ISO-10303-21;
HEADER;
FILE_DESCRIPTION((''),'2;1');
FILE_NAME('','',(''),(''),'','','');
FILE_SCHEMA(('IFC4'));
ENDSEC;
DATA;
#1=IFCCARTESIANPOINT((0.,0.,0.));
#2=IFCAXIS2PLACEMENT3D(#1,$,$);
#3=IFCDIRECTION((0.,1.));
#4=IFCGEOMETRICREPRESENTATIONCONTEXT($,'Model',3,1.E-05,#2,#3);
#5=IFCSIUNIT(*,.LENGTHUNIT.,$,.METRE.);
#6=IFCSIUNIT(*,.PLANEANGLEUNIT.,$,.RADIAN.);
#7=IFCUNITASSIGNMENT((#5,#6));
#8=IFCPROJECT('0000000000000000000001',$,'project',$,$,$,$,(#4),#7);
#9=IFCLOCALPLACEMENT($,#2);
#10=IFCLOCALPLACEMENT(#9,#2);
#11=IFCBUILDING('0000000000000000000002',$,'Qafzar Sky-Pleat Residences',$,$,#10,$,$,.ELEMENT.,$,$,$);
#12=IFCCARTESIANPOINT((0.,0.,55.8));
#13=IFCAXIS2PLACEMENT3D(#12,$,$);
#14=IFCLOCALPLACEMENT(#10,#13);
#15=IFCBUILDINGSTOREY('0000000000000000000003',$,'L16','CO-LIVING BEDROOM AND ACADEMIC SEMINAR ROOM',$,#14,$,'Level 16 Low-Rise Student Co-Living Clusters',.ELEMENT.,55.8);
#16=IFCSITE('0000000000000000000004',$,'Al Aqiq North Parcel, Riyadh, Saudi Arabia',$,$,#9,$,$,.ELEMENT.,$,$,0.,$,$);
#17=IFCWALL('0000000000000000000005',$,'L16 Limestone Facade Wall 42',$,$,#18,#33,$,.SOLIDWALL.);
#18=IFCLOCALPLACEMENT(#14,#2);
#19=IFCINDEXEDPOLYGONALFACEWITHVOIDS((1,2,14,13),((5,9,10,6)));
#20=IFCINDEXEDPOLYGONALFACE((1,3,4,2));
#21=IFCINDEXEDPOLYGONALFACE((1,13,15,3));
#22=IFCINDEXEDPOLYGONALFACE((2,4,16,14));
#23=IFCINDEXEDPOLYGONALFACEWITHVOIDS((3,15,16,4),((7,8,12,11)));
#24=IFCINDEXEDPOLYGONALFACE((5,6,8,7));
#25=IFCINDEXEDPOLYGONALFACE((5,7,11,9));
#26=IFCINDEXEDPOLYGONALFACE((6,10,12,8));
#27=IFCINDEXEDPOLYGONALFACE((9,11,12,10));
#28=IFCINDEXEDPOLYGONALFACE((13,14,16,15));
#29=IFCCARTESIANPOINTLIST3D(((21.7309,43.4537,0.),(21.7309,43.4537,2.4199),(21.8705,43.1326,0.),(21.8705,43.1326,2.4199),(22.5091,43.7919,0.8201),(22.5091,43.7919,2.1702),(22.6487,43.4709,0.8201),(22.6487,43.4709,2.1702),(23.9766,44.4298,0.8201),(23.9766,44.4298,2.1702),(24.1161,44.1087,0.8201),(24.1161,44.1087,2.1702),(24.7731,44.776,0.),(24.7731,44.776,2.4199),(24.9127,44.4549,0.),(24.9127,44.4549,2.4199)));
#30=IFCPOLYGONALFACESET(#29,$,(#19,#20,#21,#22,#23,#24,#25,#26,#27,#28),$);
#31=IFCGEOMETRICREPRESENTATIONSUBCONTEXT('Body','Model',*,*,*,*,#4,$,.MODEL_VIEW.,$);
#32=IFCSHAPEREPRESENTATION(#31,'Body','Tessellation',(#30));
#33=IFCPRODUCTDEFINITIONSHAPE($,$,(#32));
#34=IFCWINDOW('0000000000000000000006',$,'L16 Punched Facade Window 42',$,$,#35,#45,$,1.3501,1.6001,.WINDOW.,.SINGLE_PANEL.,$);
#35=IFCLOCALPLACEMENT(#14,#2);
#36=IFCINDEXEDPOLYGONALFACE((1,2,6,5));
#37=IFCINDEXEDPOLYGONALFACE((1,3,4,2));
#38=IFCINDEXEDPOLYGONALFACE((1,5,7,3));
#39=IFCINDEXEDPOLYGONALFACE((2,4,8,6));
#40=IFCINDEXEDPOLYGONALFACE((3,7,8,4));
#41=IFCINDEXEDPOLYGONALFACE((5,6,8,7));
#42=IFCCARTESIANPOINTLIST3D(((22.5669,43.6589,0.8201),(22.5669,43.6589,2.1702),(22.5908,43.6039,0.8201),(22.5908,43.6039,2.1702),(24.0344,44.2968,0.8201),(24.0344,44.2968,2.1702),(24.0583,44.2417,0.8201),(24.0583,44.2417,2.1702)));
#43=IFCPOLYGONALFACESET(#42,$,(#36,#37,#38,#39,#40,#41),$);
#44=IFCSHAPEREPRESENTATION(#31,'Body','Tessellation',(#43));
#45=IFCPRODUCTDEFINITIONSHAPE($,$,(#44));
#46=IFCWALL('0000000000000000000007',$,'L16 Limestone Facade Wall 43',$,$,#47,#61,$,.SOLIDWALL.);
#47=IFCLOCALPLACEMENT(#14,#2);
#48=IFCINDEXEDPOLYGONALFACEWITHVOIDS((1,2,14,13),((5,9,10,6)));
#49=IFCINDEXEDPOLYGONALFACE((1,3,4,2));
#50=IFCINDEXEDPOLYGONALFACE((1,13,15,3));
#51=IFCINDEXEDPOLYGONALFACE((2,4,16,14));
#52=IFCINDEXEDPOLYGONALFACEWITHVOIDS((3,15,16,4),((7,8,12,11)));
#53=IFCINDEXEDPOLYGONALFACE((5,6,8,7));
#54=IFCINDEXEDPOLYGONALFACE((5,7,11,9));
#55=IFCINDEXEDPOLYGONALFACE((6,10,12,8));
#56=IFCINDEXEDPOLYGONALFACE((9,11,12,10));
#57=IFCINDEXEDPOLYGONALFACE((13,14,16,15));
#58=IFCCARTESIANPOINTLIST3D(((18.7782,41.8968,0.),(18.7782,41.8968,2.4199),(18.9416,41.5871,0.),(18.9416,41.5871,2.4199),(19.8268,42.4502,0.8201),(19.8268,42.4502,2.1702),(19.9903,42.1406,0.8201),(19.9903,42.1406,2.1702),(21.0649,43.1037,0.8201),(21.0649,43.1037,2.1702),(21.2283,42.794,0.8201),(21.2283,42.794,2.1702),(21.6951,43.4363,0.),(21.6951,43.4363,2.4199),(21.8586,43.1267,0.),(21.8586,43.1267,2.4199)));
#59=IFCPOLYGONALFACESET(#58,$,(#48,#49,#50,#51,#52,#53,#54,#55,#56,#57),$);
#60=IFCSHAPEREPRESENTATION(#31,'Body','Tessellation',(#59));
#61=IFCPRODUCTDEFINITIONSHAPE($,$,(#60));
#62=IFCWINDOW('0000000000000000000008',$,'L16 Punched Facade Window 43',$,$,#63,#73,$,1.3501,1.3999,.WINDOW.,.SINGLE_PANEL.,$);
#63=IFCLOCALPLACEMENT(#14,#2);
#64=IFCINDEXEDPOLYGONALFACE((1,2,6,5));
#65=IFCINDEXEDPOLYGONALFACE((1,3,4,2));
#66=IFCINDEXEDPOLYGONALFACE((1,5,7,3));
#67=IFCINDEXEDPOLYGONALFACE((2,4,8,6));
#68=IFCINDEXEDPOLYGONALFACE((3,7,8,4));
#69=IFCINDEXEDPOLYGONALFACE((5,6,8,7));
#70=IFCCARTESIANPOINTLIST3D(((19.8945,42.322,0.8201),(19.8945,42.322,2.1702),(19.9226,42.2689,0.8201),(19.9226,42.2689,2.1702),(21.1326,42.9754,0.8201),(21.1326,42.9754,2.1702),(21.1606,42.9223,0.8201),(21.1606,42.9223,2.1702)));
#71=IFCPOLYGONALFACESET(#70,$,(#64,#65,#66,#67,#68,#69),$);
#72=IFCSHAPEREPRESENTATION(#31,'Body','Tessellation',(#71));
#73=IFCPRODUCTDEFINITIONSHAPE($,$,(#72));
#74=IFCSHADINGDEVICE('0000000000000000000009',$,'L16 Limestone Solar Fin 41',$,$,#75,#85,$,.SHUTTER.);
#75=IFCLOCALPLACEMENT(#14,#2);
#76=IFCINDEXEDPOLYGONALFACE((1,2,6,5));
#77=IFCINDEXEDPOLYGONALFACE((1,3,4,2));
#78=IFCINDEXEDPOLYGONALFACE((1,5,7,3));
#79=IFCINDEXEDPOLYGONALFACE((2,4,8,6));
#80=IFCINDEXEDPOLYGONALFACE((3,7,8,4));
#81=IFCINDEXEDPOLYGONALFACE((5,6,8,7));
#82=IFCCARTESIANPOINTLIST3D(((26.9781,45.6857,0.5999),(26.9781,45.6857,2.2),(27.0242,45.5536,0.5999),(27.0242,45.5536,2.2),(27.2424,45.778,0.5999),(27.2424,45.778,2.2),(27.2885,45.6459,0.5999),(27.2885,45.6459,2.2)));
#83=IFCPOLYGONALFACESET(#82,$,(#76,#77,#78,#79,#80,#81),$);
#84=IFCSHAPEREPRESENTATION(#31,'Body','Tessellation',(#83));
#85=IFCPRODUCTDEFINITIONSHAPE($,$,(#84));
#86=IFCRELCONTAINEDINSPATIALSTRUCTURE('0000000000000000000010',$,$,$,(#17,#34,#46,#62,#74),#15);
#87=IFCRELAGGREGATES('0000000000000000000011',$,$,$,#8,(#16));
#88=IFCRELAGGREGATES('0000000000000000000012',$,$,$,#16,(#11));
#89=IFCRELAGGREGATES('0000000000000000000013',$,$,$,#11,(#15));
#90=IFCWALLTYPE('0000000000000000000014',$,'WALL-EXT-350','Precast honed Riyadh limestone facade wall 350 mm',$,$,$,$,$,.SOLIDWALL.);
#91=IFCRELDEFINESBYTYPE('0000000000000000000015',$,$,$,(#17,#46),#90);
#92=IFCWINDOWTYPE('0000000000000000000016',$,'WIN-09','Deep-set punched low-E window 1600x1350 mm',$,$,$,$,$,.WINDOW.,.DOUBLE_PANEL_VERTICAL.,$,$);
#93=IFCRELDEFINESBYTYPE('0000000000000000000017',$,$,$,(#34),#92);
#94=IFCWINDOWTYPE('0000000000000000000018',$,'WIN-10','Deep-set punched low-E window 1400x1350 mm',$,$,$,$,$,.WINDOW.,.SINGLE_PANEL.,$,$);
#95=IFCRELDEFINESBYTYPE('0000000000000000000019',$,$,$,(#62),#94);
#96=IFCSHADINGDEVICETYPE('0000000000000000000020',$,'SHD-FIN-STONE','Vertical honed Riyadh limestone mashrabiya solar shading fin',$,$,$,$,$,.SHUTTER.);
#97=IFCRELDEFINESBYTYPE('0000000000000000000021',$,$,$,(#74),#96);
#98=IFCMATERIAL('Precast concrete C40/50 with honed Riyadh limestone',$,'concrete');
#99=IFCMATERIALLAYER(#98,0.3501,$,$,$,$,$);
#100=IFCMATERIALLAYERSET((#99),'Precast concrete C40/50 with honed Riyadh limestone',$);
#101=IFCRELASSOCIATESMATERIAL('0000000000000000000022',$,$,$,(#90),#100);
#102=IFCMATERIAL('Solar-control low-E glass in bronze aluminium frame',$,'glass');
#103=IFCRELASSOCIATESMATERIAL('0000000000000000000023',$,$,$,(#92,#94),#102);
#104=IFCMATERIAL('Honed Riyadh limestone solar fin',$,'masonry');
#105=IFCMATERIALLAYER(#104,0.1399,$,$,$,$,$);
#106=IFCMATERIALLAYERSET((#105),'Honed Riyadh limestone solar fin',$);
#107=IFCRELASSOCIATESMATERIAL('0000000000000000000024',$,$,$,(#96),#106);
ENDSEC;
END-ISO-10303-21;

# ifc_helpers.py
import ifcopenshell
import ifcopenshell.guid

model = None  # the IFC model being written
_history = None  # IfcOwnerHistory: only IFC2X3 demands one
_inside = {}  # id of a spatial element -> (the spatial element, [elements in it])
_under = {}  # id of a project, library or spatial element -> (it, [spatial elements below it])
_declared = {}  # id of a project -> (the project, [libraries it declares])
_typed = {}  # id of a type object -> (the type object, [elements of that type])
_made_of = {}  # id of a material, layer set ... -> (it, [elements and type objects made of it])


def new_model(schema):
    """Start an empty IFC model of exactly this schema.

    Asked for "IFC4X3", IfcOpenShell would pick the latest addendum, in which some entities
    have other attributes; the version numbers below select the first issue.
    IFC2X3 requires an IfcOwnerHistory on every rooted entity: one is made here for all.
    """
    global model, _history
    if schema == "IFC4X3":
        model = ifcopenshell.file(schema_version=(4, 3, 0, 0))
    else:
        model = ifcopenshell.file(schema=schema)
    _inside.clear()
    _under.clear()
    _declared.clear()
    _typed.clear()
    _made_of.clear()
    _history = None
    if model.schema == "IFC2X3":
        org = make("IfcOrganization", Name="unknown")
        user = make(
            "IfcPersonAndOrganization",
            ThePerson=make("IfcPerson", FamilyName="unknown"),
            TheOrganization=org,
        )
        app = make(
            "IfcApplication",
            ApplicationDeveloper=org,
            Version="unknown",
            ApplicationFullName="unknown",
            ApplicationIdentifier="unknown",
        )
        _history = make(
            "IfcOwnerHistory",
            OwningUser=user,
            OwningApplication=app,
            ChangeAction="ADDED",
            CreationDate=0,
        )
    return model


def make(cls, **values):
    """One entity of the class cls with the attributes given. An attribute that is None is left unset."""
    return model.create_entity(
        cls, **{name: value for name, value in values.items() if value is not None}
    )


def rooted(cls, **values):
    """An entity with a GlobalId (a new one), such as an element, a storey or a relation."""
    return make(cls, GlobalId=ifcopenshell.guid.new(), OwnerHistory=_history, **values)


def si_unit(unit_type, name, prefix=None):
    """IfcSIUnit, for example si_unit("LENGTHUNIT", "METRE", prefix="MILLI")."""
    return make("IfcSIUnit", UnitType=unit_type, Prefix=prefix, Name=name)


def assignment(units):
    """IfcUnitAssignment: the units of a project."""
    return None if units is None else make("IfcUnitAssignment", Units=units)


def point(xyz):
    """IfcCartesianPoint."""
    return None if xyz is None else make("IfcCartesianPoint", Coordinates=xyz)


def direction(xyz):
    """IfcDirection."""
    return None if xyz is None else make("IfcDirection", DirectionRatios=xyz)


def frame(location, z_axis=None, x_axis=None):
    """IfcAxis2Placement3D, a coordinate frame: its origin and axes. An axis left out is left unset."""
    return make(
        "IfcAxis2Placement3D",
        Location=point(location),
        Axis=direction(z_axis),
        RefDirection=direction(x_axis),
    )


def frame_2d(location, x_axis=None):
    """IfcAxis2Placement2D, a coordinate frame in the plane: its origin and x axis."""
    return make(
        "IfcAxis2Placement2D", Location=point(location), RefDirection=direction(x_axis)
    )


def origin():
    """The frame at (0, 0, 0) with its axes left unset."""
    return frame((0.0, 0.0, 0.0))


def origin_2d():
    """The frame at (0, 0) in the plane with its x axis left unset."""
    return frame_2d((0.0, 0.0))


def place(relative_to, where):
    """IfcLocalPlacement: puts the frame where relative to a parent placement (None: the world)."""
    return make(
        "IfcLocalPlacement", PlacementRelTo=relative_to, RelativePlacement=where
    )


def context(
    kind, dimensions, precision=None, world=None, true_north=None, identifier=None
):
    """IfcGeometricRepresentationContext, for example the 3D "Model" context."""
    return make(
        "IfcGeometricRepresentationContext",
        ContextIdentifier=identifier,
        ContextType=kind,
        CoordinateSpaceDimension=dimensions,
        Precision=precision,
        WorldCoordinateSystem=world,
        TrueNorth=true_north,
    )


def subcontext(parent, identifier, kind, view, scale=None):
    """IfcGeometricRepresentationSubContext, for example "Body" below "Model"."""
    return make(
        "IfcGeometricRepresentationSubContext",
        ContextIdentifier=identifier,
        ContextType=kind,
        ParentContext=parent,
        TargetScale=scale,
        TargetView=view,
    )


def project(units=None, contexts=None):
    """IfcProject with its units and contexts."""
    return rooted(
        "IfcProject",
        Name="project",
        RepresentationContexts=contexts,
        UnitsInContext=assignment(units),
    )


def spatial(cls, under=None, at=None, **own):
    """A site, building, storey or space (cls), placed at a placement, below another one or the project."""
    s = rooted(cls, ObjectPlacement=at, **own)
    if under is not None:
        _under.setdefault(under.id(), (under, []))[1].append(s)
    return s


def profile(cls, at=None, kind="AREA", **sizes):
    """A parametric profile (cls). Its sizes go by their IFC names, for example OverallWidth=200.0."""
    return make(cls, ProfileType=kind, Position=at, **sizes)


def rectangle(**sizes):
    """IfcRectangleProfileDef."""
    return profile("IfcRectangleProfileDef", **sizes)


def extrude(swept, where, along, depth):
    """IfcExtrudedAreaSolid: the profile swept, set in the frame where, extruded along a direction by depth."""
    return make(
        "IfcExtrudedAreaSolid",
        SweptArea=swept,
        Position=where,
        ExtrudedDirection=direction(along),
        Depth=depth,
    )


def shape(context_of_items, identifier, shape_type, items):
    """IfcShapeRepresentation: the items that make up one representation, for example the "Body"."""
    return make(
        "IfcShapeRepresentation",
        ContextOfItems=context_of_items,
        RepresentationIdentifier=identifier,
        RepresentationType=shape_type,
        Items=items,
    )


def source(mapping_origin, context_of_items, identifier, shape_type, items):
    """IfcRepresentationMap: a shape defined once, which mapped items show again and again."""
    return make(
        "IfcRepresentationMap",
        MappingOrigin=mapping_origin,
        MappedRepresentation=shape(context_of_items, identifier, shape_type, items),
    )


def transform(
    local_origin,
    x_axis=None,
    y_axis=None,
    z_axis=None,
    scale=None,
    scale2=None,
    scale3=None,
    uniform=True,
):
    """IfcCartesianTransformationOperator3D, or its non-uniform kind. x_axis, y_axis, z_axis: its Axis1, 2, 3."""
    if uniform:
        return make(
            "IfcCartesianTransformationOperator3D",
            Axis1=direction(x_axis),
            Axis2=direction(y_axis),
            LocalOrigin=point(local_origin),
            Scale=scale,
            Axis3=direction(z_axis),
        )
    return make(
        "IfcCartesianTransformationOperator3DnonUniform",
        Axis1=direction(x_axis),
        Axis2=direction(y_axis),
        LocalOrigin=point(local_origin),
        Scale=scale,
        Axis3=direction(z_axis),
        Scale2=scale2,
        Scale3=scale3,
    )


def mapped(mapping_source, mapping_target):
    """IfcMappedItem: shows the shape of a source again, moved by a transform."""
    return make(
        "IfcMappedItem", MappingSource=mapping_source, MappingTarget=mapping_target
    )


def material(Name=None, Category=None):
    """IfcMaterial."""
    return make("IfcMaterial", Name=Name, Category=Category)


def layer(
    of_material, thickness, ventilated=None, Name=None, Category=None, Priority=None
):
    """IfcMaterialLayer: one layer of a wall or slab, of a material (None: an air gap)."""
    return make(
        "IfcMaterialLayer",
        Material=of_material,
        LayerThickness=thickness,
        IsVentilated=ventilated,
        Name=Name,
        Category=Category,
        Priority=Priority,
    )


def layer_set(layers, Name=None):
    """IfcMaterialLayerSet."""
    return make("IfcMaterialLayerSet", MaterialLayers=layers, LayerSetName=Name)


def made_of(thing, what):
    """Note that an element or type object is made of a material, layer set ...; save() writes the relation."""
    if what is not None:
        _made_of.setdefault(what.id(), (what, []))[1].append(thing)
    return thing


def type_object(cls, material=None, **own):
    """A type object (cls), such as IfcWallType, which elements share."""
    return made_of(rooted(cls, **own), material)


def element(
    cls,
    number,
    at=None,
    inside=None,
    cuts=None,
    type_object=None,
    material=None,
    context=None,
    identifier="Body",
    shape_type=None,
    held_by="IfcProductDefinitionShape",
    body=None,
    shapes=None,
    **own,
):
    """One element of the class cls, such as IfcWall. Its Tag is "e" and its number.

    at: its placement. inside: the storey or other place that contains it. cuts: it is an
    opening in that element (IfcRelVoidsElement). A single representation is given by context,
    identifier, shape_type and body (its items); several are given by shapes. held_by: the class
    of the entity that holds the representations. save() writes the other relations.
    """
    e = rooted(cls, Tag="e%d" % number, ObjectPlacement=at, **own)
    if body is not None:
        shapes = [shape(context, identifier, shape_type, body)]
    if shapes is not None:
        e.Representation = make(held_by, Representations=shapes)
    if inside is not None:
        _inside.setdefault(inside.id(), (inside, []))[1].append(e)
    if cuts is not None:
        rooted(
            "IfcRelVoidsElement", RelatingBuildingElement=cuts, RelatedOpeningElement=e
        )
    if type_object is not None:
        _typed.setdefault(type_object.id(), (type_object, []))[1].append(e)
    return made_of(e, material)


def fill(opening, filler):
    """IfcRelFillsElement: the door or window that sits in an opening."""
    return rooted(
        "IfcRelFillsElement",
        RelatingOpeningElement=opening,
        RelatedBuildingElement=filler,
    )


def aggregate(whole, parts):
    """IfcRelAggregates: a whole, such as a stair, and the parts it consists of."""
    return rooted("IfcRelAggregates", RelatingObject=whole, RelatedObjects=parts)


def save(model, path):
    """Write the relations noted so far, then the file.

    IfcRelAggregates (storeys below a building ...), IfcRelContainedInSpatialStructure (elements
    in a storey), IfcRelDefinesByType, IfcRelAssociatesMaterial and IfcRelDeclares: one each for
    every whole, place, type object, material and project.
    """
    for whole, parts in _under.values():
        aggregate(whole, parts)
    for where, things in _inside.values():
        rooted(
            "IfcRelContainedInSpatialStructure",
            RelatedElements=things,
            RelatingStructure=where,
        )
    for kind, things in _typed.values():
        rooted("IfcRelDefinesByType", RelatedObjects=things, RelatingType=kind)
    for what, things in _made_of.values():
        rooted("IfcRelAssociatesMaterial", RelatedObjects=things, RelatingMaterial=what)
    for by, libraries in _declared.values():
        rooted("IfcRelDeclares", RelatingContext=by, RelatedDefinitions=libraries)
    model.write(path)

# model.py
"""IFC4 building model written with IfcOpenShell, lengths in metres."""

from ifc_helpers import new_model, si_unit, direction, frame, frame_2d, origin, origin_2d, place, context, subcontext, project, spatial, rectangle, extrude, source, transform, mapped, material, layer, layer_set, type_object, element, fill, save


model = new_model("IFC4")

# Units and contexts
model_context = context("Model", 3, precision=1e-05, world=origin(), true_north=direction((0.0, 1.0)))
body_context = subcontext(model_context, "Body", "Model", "MODEL_VIEW")
ifc_project = project(units=[si_unit("LENGTHUNIT", "METRE"), si_unit("PLANEANGLEUNIT", "RADIAN")], contexts=[model_context])

# Site, building, storey
site_placement = place(None, origin())
site = spatial("IfcSite", under=ifc_project, at=site_placement, Name="Al Aqiq North Parcel, Riyadh, Saudi Arabia", CompositionType="ELEMENT", RefElevation=0.0)
building_placement = place(site_placement, origin())
building = spatial("IfcBuilding", under=site, at=building_placement, Name="Qafzar Sky-Pleat Residences", CompositionType="ELEMENT")
storey_placement = place(building_placement, frame((0.0, 0.0, 55.8)))
storey = spatial("IfcBuildingStorey", under=building, at=storey_placement, Name="L16", Description="CO-LIVING BEDROOM AND ACADEMIC SEMINAR ROOM", LongName="Level 16 Low-Rise Student Co-Living Clusters", CompositionType="ELEMENT", Elevation=55.8)

# Walls, openings, windows
ifc_material_1 = material(Name="Precast concrete C40/50 with honed Riyadh limestone", Category="concrete")
ifc_layer_1 = layer(ifc_material_1, 0.3501)
ifc_layer_set_1 = layer_set([ifc_layer_1], Name="Precast concrete C40/50 with honed Riyadh limestone")
wall_type_1 = type_object("IfcWallType", Name="WALL-EXT-350", Description="Precast honed Riyadh limestone facade wall 350 mm", PredefinedType="SOLIDWALL", material=ifc_layer_set_1)
ifc_material_2 = material(Name="Solar-control low-E glass in bronze aluminium frame", Category="glass")
wall_1_placement = place(storey_placement, frame((24.843, 44.6155, 0.0), z_axis=(0.0, 0.0, 1.0), x_axis=(-0.917119, -0.398613, 0.0)))
wall_1 = element("IfcWall", 1, at=wall_1_placement, inside=storey, type_object=wall_type_1, Name="L16 Limestone Facade Wall 42", PredefinedType="SOLIDWALL", context=body_context, shape_type="SweptSolid", body=[
    extrude(rectangle(XDim=3.3171, YDim=0.3501, at=frame_2d((1.6587, 0.0))), origin(), (0.0, 0.0, 1.0), 2.4199),
])
opening_1_placement = place(wall_1_placement, frame((0.8687, 0.0, 0.8201)))
opening_1 = element("IfcOpeningElement", 2, at=opening_1_placement, cuts=wall_1, PredefinedType="OPENING", context=body_context, shape_type="SweptSolid", body=[
    extrude(rectangle(XDim=1.6001, YDim=1.3501, at=frame_2d((0.8, 0.675))), frame((0.0, 0.1851, 0.0), z_axis=(0.0, -1.0, 0.0), x_axis=(1.0, 0.0, 0.0)), (0.0, 0.0, 1.0), 0.3701),
])
window_type_1 = type_object("IfcWindowType", Name="WIN-09", Description="Deep-set punched low-E window 1600x1350 mm", PartitioningType="DOUBLE_PANEL_VERTICAL", PredefinedType="WINDOW", material=ifc_material_2)
shared_shape_1 = source(origin(), body_context, "Body", "SweptSolid", [
    extrude(rectangle(XDim=1.6001, YDim=1.3501, at=frame_2d((0.8, 0.675))), frame((0.0, 0.03, 0.0), z_axis=(0.0, -1.0, 0.0), x_axis=(1.0, 0.0, 0.0)), (0.0, 0.0, 1.0), 0.0601),
])
window_1_placement = place(opening_1_placement, origin())
window_1 = element("IfcWindow", 3, at=window_1_placement, inside=storey, type_object=window_type_1, Name="L16 Punched Facade Window 42", OverallHeight=1.3501, OverallWidth=1.6001, PartitioningType="SINGLE_PANEL", PredefinedType="WINDOW", context=body_context, shape_type="MappedRepresentation", body=[
    mapped(shared_shape_1, transform((0.0, 0.0, 0.0), x_axis=(1.0, 0.0, 0.0), y_axis=(0.0, 1.0, 0.0), z_axis=(0.0, 0.0, 1.0), scale=1.0)),
])
fill(opening_1, window_1)
wall_2_placement = place(storey_placement, frame((21.7769, 43.2815, 0.0), z_axis=(0.0, 0.0, 1.0), x_axis=(-0.884381, -0.466765, 0.0)))
wall_2 = element("IfcWall", 4, at=wall_2_placement, inside=storey, type_object=wall_type_1, Name="L16 Limestone Facade Wall 43", PredefinedType="SOLIDWALL", context=body_context, shape_type="SweptSolid", body=[
    extrude(rectangle(XDim=3.2983, YDim=0.3501, at=frame_2d((1.6492, 0.0))), origin(), (0.0, 0.0, 1.0), 2.4199),
])
opening_2_placement = place(wall_2_placement, frame((0.7126, 0.0, 0.8201)))
opening_2 = element("IfcOpeningElement", 5, at=opening_2_placement, cuts=wall_2, PredefinedType="OPENING", context=body_context, shape_type="SweptSolid", body=[
    extrude(rectangle(XDim=1.3999, YDim=1.3501, at=frame_2d((0.7, 0.675))), frame((0.0, 0.1851, 0.0), z_axis=(0.0, -1.0, 0.0), x_axis=(1.0, 0.0, 0.0)), (0.0, 0.0, 1.0), 0.3701),
])
window_type_2 = type_object("IfcWindowType", Name="WIN-10", Description="Deep-set punched low-E window 1400x1350 mm", PartitioningType="SINGLE_PANEL", PredefinedType="WINDOW", material=ifc_material_2)
shared_shape_2 = source(origin(), body_context, "Body", "SweptSolid", [
    extrude(rectangle(XDim=1.3999, YDim=1.3501, at=frame_2d((0.7, 0.675))), frame((0.0, 0.03, 0.0), z_axis=(0.0, -1.0, 0.0), x_axis=(1.0, 0.0, 0.0)), (0.0, 0.0, 1.0), 0.0601),
])
window_2_placement = place(opening_2_placement, origin())
window_2 = element("IfcWindow", 6, at=window_2_placement, inside=storey, type_object=window_type_2, Name="L16 Punched Facade Window 43", OverallHeight=1.3501, OverallWidth=1.3999, PartitioningType="SINGLE_PANEL", PredefinedType="WINDOW", context=body_context, shape_type="MappedRepresentation", body=[
    mapped(shared_shape_2, transform((0.0, 0.0, 0.0), x_axis=(1.0, 0.0, 0.0), y_axis=(0.0, 1.0, 0.0), z_axis=(0.0, 0.0, 1.0), scale=1.0)),
])
fill(opening_2, window_2)

# Shading device
ifc_material_3 = material(Name="Honed Riyadh limestone solar fin", Category="masonry")
ifc_layer_2 = layer(ifc_material_3, 0.1399)
ifc_layer_set_2 = layer_set([ifc_layer_2], Name="Honed Riyadh limestone solar fin")
shading_device_type = type_object("IfcShadingDeviceType", Name="SHD-FIN-STONE", Description="Vertical honed Riyadh limestone mashrabiya solar shading fin", PredefinedType="SHUTTER", material=ifc_layer_set_2)
shared_shape_3 = source(origin(), body_context, "Body", "SweptSolid", [
    extrude(rectangle(XDim=0.1399, YDim=0.28, at=origin_2d()), origin(), (0.0, 0.0, 1.0), 1.6001),
])
shading_device_placement = place(storey_placement, frame((27.1333, 45.6658, 0.5999), z_axis=(0.0, 0.0, 1.0), x_axis=(-0.329567, 0.944132, 0.0)))
element("IfcShadingDevice", 7, at=shading_device_placement, inside=storey, type_object=shading_device_type, Name="L16 Limestone Solar Fin 41", PredefinedType="SHUTTER", context=body_context, shape_type="MappedRepresentation", body=[
    mapped(shared_shape_3, transform((0.0, 0.0, 0.0), x_axis=(1.0, 0.0, 0.0), y_axis=(0.0, 1.0, 0.0), z_axis=(0.0, 0.0, 1.0), scale=1.0)),
])

save(model, "model.ifc")
